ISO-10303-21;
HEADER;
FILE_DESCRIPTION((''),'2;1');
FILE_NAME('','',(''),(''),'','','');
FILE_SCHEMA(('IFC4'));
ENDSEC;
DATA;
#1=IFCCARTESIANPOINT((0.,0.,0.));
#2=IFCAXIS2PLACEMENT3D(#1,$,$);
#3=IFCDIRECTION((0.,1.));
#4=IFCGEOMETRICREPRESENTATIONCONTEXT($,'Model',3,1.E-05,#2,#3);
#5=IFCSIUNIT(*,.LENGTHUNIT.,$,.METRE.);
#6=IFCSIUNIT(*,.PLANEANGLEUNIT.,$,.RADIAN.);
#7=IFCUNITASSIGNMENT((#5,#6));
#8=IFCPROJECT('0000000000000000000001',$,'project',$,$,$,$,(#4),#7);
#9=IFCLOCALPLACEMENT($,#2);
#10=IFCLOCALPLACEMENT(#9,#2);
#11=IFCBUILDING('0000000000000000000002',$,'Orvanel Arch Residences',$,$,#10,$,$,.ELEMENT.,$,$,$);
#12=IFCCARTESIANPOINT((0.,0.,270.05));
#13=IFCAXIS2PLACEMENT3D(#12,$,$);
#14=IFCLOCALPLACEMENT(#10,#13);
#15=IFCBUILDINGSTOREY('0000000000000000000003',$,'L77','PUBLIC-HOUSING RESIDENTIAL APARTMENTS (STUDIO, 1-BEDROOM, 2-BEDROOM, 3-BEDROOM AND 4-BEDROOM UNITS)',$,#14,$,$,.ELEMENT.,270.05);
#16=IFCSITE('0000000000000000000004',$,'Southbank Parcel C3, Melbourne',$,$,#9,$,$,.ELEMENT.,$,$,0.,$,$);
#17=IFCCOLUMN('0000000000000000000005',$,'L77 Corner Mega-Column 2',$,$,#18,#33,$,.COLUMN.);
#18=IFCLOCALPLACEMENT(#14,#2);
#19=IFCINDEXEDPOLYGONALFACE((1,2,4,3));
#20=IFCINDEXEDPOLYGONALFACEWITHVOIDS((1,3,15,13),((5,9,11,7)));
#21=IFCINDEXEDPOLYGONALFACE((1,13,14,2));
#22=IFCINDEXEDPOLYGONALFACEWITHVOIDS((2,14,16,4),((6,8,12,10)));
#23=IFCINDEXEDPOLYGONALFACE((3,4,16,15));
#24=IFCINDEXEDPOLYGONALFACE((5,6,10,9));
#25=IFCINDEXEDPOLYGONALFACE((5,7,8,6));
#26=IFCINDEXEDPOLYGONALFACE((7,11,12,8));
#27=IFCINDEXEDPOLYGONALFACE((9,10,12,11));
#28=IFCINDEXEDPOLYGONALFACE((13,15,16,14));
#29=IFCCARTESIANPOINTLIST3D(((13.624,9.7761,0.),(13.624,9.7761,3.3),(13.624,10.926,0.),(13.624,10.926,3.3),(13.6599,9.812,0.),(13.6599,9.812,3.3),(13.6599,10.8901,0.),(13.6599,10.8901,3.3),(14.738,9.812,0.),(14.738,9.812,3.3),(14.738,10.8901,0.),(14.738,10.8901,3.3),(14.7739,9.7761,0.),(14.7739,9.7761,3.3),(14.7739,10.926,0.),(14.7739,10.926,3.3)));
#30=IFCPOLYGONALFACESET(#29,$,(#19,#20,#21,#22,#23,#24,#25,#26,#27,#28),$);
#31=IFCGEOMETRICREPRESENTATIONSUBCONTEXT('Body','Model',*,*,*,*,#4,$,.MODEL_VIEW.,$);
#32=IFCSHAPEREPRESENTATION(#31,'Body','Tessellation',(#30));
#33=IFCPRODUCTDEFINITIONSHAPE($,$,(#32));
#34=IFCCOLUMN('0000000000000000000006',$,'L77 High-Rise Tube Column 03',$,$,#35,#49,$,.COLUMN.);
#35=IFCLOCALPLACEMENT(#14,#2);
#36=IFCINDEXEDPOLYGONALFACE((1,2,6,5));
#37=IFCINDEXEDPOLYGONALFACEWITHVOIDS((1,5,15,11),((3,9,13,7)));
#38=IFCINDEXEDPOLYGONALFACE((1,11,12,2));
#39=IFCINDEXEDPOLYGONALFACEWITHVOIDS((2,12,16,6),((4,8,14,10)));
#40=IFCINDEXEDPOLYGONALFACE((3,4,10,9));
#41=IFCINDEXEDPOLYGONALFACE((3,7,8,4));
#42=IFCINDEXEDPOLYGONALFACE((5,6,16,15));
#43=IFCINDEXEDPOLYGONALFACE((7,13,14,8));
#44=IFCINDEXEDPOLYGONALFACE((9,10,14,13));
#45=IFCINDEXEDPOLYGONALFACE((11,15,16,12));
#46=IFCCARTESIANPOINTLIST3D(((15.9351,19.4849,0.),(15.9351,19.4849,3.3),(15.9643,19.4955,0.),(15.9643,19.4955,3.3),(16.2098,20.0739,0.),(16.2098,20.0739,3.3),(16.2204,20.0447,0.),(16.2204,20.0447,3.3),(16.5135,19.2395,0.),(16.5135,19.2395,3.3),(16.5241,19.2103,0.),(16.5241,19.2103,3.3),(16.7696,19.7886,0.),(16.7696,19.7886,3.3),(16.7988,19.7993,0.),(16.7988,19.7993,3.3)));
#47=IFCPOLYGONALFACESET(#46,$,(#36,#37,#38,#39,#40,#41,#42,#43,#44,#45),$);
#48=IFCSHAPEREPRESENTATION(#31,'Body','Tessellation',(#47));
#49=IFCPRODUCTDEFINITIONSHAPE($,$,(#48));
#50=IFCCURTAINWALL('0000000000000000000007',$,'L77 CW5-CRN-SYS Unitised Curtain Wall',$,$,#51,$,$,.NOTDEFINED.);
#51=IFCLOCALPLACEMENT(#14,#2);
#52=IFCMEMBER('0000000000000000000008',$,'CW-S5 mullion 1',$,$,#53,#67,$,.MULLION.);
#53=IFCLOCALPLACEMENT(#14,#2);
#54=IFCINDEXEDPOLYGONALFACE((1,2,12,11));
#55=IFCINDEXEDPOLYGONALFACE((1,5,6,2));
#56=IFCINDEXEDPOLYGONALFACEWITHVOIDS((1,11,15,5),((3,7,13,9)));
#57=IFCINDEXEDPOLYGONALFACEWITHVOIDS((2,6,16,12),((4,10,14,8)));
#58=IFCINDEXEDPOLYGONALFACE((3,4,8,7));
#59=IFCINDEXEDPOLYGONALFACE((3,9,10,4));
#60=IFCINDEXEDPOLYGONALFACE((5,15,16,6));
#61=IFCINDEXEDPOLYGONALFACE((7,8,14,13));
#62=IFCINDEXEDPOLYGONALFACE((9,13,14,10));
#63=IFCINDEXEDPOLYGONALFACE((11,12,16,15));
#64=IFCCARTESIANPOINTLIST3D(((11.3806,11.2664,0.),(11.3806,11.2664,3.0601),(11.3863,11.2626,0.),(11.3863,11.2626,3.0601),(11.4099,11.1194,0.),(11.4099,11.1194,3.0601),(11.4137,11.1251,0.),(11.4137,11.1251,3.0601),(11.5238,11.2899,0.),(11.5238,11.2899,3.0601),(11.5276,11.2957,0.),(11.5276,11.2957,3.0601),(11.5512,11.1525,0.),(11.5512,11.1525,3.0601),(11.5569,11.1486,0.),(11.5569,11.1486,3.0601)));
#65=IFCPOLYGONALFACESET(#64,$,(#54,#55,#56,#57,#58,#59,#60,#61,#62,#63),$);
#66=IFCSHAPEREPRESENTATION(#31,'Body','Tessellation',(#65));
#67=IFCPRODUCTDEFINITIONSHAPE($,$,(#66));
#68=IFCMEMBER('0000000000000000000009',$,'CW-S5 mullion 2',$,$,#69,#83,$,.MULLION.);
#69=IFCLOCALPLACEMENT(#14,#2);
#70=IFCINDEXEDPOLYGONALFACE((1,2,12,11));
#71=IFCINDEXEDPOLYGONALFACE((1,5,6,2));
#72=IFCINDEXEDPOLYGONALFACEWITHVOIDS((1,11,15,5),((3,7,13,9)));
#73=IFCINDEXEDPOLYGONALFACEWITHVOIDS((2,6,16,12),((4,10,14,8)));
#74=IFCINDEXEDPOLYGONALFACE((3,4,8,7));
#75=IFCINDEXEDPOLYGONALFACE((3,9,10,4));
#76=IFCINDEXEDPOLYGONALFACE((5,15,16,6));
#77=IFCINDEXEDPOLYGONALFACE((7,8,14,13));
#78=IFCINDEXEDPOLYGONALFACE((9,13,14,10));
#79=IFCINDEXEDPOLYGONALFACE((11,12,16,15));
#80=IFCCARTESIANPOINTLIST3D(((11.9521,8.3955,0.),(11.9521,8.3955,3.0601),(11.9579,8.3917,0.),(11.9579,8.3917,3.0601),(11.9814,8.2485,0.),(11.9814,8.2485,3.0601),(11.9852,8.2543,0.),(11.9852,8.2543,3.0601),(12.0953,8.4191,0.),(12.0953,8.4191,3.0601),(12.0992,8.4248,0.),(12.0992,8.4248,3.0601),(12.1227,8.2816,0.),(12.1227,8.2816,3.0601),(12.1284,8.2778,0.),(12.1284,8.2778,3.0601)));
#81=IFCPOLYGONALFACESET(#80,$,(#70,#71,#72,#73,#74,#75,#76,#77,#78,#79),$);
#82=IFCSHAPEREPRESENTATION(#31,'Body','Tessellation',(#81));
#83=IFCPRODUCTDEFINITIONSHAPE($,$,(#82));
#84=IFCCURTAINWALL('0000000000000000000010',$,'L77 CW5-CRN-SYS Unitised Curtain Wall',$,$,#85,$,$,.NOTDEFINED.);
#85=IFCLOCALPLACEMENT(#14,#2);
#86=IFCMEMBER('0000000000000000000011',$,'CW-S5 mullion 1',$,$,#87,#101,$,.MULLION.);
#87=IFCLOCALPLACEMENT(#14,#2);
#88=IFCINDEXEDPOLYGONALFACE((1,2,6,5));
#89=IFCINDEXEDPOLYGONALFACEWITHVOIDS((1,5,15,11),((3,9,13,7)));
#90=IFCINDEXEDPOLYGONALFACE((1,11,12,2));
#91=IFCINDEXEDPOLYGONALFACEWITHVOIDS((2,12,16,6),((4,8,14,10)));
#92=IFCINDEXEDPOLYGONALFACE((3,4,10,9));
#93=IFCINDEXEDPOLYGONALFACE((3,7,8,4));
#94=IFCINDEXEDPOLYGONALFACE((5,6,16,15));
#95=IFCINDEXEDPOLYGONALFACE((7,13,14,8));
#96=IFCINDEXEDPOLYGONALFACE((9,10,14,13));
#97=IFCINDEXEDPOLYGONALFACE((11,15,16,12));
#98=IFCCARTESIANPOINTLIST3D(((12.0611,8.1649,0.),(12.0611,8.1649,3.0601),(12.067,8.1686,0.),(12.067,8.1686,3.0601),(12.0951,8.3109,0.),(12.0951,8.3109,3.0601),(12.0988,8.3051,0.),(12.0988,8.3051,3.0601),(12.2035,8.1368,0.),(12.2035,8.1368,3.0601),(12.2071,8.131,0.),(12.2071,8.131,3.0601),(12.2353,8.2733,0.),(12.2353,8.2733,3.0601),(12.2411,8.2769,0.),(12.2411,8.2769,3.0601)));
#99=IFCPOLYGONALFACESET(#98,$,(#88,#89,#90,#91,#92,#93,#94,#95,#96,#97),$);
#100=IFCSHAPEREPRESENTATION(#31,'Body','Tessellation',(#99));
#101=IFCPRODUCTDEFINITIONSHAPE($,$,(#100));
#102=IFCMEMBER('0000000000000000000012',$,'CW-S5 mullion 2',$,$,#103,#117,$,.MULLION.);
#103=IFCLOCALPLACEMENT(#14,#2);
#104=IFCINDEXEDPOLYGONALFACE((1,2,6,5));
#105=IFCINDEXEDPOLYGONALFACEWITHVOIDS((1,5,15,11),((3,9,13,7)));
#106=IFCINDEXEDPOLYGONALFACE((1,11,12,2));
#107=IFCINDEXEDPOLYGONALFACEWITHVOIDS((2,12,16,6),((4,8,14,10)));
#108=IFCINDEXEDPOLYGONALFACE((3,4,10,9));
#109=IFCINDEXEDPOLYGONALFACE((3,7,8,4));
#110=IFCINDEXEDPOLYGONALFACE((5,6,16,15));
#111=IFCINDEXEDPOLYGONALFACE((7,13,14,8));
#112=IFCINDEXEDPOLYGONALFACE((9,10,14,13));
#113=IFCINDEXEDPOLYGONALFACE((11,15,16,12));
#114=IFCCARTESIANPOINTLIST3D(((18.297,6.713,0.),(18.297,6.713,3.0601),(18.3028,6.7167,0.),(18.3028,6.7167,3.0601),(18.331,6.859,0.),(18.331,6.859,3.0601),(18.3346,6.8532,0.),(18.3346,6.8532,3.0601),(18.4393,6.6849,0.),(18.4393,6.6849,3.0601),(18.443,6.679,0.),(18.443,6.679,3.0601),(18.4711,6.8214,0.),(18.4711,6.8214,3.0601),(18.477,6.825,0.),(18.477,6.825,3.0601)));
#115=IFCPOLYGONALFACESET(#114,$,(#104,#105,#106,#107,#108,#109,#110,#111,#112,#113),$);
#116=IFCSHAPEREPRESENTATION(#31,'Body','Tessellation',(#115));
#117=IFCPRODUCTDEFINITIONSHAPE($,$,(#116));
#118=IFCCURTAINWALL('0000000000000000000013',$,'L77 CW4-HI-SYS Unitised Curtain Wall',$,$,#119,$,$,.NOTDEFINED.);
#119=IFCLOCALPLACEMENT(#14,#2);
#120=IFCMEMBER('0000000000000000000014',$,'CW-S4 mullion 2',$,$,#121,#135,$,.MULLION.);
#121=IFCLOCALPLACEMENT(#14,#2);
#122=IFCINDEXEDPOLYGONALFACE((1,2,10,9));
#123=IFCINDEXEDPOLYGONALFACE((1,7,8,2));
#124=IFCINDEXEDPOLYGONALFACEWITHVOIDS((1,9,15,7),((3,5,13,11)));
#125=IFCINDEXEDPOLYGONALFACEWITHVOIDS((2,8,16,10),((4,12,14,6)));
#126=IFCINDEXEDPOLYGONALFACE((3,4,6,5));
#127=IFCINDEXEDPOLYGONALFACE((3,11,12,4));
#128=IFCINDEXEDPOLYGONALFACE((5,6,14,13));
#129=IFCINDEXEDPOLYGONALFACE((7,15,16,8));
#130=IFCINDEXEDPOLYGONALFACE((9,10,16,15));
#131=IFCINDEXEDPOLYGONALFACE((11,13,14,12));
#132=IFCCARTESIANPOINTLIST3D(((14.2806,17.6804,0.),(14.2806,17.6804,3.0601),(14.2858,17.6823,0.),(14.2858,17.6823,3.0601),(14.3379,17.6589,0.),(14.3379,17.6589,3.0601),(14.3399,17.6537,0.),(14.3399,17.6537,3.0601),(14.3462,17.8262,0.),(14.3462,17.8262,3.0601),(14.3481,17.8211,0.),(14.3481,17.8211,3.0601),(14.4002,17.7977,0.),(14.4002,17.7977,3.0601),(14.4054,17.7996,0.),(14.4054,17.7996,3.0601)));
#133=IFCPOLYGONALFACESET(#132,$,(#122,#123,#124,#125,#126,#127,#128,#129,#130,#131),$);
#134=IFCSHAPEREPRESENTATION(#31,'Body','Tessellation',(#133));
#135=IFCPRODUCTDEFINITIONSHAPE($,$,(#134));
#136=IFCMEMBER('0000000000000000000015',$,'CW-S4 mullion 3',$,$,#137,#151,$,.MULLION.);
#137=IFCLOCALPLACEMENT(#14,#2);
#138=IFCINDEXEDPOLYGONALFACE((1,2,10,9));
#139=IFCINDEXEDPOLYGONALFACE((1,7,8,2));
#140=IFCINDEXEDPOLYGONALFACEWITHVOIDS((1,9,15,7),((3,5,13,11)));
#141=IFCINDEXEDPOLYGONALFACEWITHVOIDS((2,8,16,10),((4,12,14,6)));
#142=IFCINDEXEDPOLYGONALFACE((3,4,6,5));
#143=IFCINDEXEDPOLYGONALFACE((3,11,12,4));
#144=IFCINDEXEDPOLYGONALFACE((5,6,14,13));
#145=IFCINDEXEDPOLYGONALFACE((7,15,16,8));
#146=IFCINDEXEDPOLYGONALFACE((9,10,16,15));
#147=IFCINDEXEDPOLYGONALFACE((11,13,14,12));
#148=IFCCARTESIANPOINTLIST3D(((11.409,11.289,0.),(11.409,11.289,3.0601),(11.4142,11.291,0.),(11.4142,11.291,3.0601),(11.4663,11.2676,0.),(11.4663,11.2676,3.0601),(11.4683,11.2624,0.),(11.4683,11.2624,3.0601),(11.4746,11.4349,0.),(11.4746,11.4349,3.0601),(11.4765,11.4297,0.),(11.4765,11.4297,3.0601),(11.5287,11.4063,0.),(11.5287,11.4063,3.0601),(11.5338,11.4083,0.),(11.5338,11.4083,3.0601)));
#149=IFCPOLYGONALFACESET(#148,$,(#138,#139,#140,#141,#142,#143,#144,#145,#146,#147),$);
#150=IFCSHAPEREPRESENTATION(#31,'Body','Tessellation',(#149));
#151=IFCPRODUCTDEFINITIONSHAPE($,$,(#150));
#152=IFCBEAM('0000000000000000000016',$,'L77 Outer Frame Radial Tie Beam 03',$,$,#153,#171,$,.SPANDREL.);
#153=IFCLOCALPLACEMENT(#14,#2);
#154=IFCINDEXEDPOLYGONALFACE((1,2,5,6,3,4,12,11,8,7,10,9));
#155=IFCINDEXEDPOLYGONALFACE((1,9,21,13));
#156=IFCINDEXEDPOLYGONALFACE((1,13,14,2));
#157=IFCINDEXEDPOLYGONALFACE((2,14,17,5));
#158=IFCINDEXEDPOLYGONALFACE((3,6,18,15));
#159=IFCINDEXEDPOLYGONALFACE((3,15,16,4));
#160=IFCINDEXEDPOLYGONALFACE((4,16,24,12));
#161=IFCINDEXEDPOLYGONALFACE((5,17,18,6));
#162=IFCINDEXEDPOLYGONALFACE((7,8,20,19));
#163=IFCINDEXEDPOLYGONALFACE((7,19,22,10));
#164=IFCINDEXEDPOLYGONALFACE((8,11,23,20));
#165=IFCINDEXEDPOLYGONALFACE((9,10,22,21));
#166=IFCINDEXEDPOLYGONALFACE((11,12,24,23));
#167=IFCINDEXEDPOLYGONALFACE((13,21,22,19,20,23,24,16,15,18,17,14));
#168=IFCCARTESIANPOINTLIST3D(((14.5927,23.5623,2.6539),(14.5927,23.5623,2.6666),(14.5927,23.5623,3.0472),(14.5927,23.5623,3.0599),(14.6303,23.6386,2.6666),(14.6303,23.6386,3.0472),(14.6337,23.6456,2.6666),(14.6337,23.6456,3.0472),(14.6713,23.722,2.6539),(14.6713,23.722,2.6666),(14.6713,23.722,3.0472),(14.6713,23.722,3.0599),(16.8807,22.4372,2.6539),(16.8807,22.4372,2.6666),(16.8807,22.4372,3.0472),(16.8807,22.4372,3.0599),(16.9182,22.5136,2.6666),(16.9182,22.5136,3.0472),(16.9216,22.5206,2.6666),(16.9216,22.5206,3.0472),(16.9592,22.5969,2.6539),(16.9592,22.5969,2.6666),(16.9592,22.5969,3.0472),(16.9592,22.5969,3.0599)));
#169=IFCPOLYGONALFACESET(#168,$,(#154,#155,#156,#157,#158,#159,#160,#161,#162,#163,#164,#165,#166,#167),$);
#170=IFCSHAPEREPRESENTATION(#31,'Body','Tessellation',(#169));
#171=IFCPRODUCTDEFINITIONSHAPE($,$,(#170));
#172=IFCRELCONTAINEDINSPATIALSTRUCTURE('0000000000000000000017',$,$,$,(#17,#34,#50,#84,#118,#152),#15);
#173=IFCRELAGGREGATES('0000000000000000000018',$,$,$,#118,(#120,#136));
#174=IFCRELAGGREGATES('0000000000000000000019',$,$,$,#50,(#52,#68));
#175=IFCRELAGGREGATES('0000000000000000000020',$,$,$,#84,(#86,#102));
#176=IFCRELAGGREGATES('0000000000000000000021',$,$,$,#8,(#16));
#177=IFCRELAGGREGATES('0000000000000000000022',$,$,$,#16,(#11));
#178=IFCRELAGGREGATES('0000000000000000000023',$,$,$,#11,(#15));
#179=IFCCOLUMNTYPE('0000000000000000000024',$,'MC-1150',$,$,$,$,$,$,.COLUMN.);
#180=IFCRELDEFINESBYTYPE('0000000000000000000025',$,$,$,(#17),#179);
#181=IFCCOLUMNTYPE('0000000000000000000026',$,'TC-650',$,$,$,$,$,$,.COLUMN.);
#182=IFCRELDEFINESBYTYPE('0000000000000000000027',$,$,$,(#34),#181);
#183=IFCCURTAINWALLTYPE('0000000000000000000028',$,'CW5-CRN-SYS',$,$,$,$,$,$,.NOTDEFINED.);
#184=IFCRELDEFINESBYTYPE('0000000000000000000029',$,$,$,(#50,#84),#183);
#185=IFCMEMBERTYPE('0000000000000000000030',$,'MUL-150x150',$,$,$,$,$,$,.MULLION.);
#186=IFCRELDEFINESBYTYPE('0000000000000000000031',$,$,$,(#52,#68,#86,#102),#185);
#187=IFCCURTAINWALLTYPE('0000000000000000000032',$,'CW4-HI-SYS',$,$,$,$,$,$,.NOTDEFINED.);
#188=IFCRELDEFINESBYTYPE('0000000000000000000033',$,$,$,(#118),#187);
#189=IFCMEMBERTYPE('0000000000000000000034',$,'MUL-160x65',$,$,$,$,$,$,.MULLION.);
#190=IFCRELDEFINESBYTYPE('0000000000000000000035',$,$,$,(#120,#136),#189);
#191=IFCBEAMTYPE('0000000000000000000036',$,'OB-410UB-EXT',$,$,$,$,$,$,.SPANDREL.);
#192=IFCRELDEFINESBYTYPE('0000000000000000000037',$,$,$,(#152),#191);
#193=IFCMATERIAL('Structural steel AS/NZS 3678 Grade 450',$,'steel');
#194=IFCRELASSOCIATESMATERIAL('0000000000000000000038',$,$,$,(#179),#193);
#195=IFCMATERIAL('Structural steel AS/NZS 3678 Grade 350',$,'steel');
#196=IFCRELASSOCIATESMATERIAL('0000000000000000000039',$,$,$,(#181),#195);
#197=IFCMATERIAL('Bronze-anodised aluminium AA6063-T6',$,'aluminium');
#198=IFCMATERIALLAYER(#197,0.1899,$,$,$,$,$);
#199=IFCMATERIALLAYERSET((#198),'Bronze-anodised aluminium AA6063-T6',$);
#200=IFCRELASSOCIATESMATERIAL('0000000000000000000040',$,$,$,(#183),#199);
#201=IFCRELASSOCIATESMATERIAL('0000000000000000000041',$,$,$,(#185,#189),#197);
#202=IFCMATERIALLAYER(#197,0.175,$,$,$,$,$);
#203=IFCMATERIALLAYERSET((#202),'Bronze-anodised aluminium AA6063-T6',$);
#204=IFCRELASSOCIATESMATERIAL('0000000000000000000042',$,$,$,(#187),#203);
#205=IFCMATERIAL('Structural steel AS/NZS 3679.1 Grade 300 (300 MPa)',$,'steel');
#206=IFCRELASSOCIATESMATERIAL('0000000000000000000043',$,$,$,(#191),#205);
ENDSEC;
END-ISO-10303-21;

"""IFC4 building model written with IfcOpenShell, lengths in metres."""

from ifc_helpers import new_model, si_unit, direction, frame, origin, origin_2d, place, context, subcontext, project, spatial, hollow_rectangle, i_section, extrude, material, layer, layer_set, material_profile, profile_set, type_object, element, aggregate, save


model = new_model("IFC4")

# Units and contexts
model_context = context("Model", 3, precision=1e-05, world=origin(), true_north=direction((0.0, 1.0)))
body_context = subcontext(model_context, "Body", "Model", "MODEL_VIEW")
ifc_project = project(units=[si_unit("LENGTHUNIT", "METRE"), si_unit("PLANEANGLEUNIT", "RADIAN")], contexts=[model_context])

# Site, building, storey
site_placement = place(None, origin())
site = spatial("IfcSite", under=ifc_project, at=site_placement, Name="Southbank Parcel C3, Melbourne", CompositionType="ELEMENT", RefElevation=0.0)
building_placement = place(site_placement, origin())
building = spatial("IfcBuilding", under=site, at=building_placement, Name="Orvanel Arch Residences", CompositionType="ELEMENT")
storey_placement = place(building_placement, frame((0.0, 0.0, 270.05)))
storey = spatial("IfcBuildingStorey", under=building, at=storey_placement, Name="L77", Description="PUBLIC-HOUSING RESIDENTIAL APARTMENTS (STUDIO, 1-BEDROOM, 2-BEDROOM, 3-BEDROOM AND 4-BEDROOM UNITS)", CompositionType="ELEMENT", Elevation=270.05)

# Columns
ifc_material_1 = material(Name="Structural steel AS/NZS 3678 Grade 450", Category="steel")
ifc_material_profile_1 = material_profile(ifc_material_1, hollow_rectangle(XDim=1.1499, YDim=1.1499, WallThickness=0.0359, at=origin_2d()), Name="BOX1150x1150x36")
ifc_profile_set_1 = profile_set([ifc_material_profile_1], Name="Structural steel AS/NZS 3678 Grade 450")
column_type_1 = type_object("IfcColumnType", Name="MC-1150", PredefinedType="COLUMN", material=ifc_profile_set_1)
column_1_placement = place(storey_placement, frame((14.199, 10.3511, 0.0), z_axis=(0.0, 0.0, 1.0), x_axis=(1.0, 0.0, 0.0)))
element("IfcColumn", 1, at=column_1_placement, inside=storey, type_object=column_type_1, Name="L77 Corner Mega-Column 2", PredefinedType="COLUMN", context=body_context, shape_type="SweptSolid", body=[
    extrude(hollow_rectangle(XDim=1.1499, YDim=1.1499, WallThickness=0.0359, at=origin_2d()), origin(), (0.0, 0.0, 1.0), 3.3),
])
ifc_material_2 = material(Name="Structural steel AS/NZS 3678 Grade 350", Category="steel")
ifc_material_profile_2 = material_profile(ifc_material_2, hollow_rectangle(XDim=0.6499, YDim=0.6499, WallThickness=0.022, at=origin_2d()), Name="BOX650x650x22")
ifc_profile_set_2 = profile_set([ifc_material_profile_2], Name="Structural steel AS/NZS 3678 Grade 350")
column_type_2 = type_object("IfcColumnType", Name="TC-650", PredefinedType="COLUMN", material=ifc_profile_set_2)
column_2_placement = place(storey_placement, frame((16.3669, 19.6421, 0.0), z_axis=(0.0, 0.0, 1.0), x_axis=(0.422618, 0.906308, 0.0)))
element("IfcColumn", 2, at=column_2_placement, inside=storey, type_object=column_type_2, Name="L77 High-Rise Tube Column 03", PredefinedType="COLUMN", context=body_context, shape_type="SweptSolid", body=[
    extrude(hollow_rectangle(XDim=0.6499, YDim=0.6499, WallThickness=0.022, at=origin_2d()), origin(), (0.0, 0.0, 1.0), 3.3),
])

# Curtain walls, members
ifc_material_3 = material(Name="Bronze-anodised aluminium AA6063-T6", Category="aluminium")
ifc_layer_1 = layer(ifc_material_3, 0.1899)
ifc_layer_set_1 = layer_set([ifc_layer_1], Name="Bronze-anodised aluminium AA6063-T6")
curtain_wall_type_1 = type_object("IfcCurtainWallType", Name="CW5-CRN-SYS", PredefinedType="NOTDEFINED", material=ifc_layer_set_1)
curtain_wall_1_placement = place(storey_placement, origin())
curtain_wall_1 = element("IfcCurtainWall", 3, at=curtain_wall_1_placement, inside=storey, type_object=curtain_wall_type_1, Name="L77 CW5-CRN-SYS Unitised Curtain Wall", PredefinedType="NOTDEFINED")
ifc_material_profile_3 = material_profile(ifc_material_3, hollow_rectangle(XDim=0.1499, YDim=0.1499, WallThickness=0.0049, at=origin_2d()), Name="ALU150x150x5")
ifc_profile_set_3 = profile_set([ifc_material_profile_3], Name="Bronze-anodised aluminium AA6063-T6")
member_type_1 = type_object("IfcMemberType", Name="MUL-150x150", PredefinedType="MULLION", material=ifc_profile_set_3)
member_1_placement = place(storey_placement, frame((11.4688, 11.2075, 0.0), z_axis=(0.0, 0.0, 1.0), x_axis=(0.980743, 0.195304, 0.0)))
member_1 = element("IfcMember", 4, at=member_1_placement, type_object=member_type_1, Name="CW-S5 mullion 1", PredefinedType="MULLION", context=body_context, shape_type="SweptSolid", body=[
    extrude(hollow_rectangle(XDim=0.1499, YDim=0.1499, WallThickness=0.0049, at=origin_2d()), origin(), (0.0, 0.0, 1.0), 3.0601),
])
member_2_placement = place(storey_placement, frame((12.0403, 8.3367, 0.0), z_axis=(0.0, 0.0, 1.0), x_axis=(0.980743, 0.195304, 0.0)))
member_2 = element("IfcMember", 5, at=member_2_placement, type_object=member_type_1, Name="CW-S5 mullion 2", PredefinedType="MULLION", context=body_context, shape_type="SweptSolid", body=[
    extrude(hollow_rectangle(XDim=0.1499, YDim=0.1499, WallThickness=0.0049, at=origin_2d()), origin(), (0.0, 0.0, 1.0), 3.0601),
])
curtain_wall_2_placement = place(storey_placement, origin())
curtain_wall_2 = element("IfcCurtainWall", 6, at=curtain_wall_2_placement, inside=storey, type_object=curtain_wall_type_1, Name="L77 CW5-CRN-SYS Unitised Curtain Wall", PredefinedType="NOTDEFINED")
member_3_placement = place(storey_placement, frame((12.1511, 8.2209, 0.0), z_axis=(0.0, 0.0, 1.0), x_axis=(0.226776, 0.973947, 0.0)))
member_3 = element("IfcMember", 7, at=member_3_placement, type_object=member_type_1, Name="CW-S5 mullion 1", PredefinedType="MULLION", context=body_context, shape_type="SweptSolid", body=[
    extrude(hollow_rectangle(XDim=0.1499, YDim=0.1499, WallThickness=0.0049, at=origin_2d()), origin(), (0.0, 0.0, 1.0), 3.0601),
])
member_4_placement = place(storey_placement, frame((18.387, 6.769, 0.0), z_axis=(0.0, 0.0, 1.0), x_axis=(0.226776, 0.973947, 0.0)))
member_4 = element("IfcMember", 8, at=member_4_placement, type_object=member_type_1, Name="CW-S5 mullion 2", PredefinedType="MULLION", context=body_context, shape_type="SweptSolid", body=[
    extrude(hollow_rectangle(XDim=0.1499, YDim=0.1499, WallThickness=0.0049, at=origin_2d()), origin(), (0.0, 0.0, 1.0), 3.0601),
])
ifc_layer_2 = layer(ifc_material_3, 0.175)
ifc_layer_set_2 = layer_set([ifc_layer_2], Name="Bronze-anodised aluminium AA6063-T6")
curtain_wall_type_2 = type_object("IfcCurtainWallType", Name="CW4-HI-SYS", PredefinedType="NOTDEFINED", material=ifc_layer_set_2)
curtain_wall_3_placement = place(storey_placement, origin())
curtain_wall_3 = element("IfcCurtainWall", 9, at=curtain_wall_3_placement, inside=storey, type_object=curtain_wall_type_2, Name="L77 CW4-HI-SYS Unitised Curtain Wall", PredefinedType="NOTDEFINED")
ifc_material_profile_4 = material_profile(ifc_material_3, hollow_rectangle(XDim=0.0649, YDim=0.1599, WallThickness=0.0039, at=origin_2d()), Name="ALU160x65x4")
ifc_profile_set_4 = profile_set([ifc_material_profile_4], Name="Bronze-anodised aluminium AA6063-T6")
member_type_2 = type_object("IfcMemberType", Name="MUL-160x65", PredefinedType="MULLION", material=ifc_profile_set_4)
member_5_placement = place(storey_placement, frame((14.343, 17.74, 0.0), z_axis=(0.0, 0.0, 1.0), x_axis=(0.912158, -0.409839, 0.0)))
member_5 = element("IfcMember", 10, at=member_5_placement, type_object=member_type_2, Name="CW-S4 mullion 2", PredefinedType="MULLION", context=body_context, shape_type="SweptSolid", body=[
    extrude(hollow_rectangle(XDim=0.0649, YDim=0.1599, WallThickness=0.0039, at=origin_2d()), origin(), (0.0, 0.0, 1.0), 3.0601),
])
member_6_placement = place(storey_placement, frame((11.4714, 11.3486, 0.0), z_axis=(0.0, 0.0, 1.0), x_axis=(0.912158, -0.409839, 0.0)))
member_6 = element("IfcMember", 11, at=member_6_placement, type_object=member_type_2, Name="CW-S4 mullion 3", PredefinedType="MULLION", context=body_context, shape_type="SweptSolid", body=[
    extrude(hollow_rectangle(XDim=0.0649, YDim=0.1599, WallThickness=0.0039, at=origin_2d()), origin(), (0.0, 0.0, 1.0), 3.0601),
])

# Beam
ifc_material_4 = material(Name="Structural steel AS/NZS 3679.1 Grade 300 (300 MPa)", Category="steel")
ifc_material_profile_5 = material_profile(ifc_material_4, i_section(OverallWidth=0.178, OverallDepth=0.406, WebThickness=0.0078, FlangeThickness=0.0127, at=origin_2d()), Name="410UB59.7")
ifc_profile_set_5 = profile_set([ifc_material_profile_5], Name="Structural steel AS/NZS 3679.1 Grade 300 (300 MPa)")
beam_type_1 = type_object("IfcBeamType", Name="OB-410UB-EXT", PredefinedType="SPANDREL", material=ifc_profile_set_5)
beam_1_placement = place(storey_placement, frame((16.9199, 22.5171, 2.8569), z_axis=(-0.897376, 0.441267, 0.0), x_axis=(-0.441267, -0.897376, 0.0)))
element("IfcBeam", 12, at=beam_1_placement, inside=storey, type_object=beam_type_1, Name="L77 Outer Frame Radial Tie Beam 03", PredefinedType="SPANDREL", context=body_context, shape_type="SweptSolid", body=[
    extrude(i_section(OverallWidth=0.178, OverallDepth=0.406, WebThickness=0.0078, FlangeThickness=0.0127, at=origin_2d()), origin(), (0.0, 0.0, 1.0), 2.5496),
])

aggregate(curtain_wall_3, [member_5, member_6])
aggregate(curtain_wall_1, [member_1, member_2])
aggregate(curtain_wall_2, [member_3, member_4])

save(model, "model.ifc")
